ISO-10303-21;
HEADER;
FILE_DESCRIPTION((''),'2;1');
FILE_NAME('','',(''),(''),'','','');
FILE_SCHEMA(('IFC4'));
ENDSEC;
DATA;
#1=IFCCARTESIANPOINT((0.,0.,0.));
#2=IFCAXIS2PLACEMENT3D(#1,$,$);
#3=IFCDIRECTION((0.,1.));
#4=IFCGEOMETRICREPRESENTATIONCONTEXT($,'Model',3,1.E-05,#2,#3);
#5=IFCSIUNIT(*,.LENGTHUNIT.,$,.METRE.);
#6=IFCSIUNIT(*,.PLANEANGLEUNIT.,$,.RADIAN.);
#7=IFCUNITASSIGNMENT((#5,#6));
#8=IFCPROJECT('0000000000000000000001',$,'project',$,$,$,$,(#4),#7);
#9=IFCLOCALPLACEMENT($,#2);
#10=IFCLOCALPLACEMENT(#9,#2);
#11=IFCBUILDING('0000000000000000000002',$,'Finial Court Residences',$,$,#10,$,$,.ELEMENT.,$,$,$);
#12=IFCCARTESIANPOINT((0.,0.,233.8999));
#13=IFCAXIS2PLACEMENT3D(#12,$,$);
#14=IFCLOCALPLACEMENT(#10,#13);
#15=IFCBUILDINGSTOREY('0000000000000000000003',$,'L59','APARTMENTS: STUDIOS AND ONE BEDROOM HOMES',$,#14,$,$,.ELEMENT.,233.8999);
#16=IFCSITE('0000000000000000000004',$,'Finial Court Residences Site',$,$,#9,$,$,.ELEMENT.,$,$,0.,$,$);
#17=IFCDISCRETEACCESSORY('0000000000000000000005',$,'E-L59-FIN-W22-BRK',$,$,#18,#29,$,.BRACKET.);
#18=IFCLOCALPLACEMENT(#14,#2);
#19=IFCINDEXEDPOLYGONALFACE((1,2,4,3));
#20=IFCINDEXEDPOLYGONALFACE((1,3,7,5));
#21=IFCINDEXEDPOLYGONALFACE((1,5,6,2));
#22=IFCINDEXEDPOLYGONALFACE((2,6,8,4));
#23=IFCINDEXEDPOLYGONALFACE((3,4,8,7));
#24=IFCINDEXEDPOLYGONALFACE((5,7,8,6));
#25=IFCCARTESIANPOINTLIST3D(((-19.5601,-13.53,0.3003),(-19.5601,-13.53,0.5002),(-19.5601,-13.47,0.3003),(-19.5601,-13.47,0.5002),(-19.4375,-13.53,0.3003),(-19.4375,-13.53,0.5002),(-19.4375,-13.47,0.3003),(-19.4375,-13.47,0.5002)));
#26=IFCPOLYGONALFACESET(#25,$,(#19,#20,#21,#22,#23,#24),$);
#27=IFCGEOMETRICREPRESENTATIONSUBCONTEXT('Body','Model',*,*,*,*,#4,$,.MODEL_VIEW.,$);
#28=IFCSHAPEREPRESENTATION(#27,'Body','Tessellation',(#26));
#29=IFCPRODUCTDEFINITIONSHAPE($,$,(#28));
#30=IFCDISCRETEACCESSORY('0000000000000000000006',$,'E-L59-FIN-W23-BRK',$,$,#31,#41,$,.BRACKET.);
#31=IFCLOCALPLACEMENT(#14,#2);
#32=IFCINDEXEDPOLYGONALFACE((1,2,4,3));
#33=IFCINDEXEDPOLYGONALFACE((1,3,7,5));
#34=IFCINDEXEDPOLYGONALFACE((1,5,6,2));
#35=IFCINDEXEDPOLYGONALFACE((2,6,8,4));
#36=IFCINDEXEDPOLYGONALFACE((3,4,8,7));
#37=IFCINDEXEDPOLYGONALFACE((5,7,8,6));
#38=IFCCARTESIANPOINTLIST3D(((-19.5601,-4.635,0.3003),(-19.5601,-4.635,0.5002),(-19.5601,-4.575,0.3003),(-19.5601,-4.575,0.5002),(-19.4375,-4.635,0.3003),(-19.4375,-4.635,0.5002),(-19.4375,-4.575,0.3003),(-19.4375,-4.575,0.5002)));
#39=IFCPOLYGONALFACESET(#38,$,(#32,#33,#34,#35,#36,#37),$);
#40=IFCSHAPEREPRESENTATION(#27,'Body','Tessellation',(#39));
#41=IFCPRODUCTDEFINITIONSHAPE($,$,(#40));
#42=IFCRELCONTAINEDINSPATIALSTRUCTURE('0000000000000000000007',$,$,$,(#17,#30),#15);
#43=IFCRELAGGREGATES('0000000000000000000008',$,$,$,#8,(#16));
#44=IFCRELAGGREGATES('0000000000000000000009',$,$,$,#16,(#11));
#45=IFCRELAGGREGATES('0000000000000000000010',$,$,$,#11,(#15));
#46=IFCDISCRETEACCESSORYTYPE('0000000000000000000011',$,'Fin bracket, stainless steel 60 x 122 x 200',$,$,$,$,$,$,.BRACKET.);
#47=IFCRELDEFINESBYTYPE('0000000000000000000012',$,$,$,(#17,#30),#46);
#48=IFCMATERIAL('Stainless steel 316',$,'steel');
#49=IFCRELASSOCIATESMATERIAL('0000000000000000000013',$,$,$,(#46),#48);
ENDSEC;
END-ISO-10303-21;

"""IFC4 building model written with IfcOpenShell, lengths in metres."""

from ifc_helpers import new_model, si_unit, direction, frame, origin, origin_2d, place, context, subcontext, project, spatial, rectangle, extrude, material, type_object, element, save


model = new_model("IFC4")

# Units and contexts
model_context = context("Model", 3, precision=1e-05, world=origin(), true_north=direction((0.0, 1.0)))
body_context = subcontext(model_context, "Body", "Model", "MODEL_VIEW")
ifc_project = project(units=[si_unit("LENGTHUNIT", "METRE"), si_unit("PLANEANGLEUNIT", "RADIAN")], contexts=[model_context])

# Site, building, storey
site_placement = place(None, origin())
site = spatial("IfcSite", under=ifc_project, at=site_placement, Name="Finial Court Residences Site", CompositionType="ELEMENT", RefElevation=0.0)
building_placement = place(site_placement, origin())
building = spatial("IfcBuilding", under=site, at=building_placement, Name="Finial Court Residences", CompositionType="ELEMENT")
storey_placement = place(building_placement, frame((0.0, 0.0, 233.8999)))
storey = spatial("IfcBuildingStorey", under=building, at=storey_placement, Name="L59", Description="APARTMENTS: STUDIOS AND ONE BEDROOM HOMES", CompositionType="ELEMENT", Elevation=233.8999)

# Discrete accessories
ifc_material_1 = material(Name="Stainless steel 316", Category="steel")
discrete_accessory_type = type_object("IfcDiscreteAccessoryType", Name="Fin bracket, stainless steel 60 x 122 x 200", PredefinedType="BRACKET", material=ifc_material_1)
for number, where, z_axis, x_axis, name in (
    (1, (-19.4988, -13.5, 0.3003), (0.0, 0.0, 1.0), (1.0, 0.0, 0.0), "E-L59-FIN-W22-BRK"),
    (2, (-19.4988, -4.605, 0.3003), (0.0, 0.0, 1.0), (1.0, 0.0, 0.0), "E-L59-FIN-W23-BRK"),
):
    element("IfcDiscreteAccessory", number, at=place(storey_placement, frame(where, z_axis=z_axis, x_axis=x_axis)), inside=storey, type_object=discrete_accessory_type, Name=name, PredefinedType="BRACKET", context=body_context, shape_type="SweptSolid", body=[
        extrude(rectangle(XDim=0.1226, YDim=0.0601, at=origin_2d()), origin(), (0.0, 0.0, 1.0), 0.2),
    ])

save(model, "model.ifc")
